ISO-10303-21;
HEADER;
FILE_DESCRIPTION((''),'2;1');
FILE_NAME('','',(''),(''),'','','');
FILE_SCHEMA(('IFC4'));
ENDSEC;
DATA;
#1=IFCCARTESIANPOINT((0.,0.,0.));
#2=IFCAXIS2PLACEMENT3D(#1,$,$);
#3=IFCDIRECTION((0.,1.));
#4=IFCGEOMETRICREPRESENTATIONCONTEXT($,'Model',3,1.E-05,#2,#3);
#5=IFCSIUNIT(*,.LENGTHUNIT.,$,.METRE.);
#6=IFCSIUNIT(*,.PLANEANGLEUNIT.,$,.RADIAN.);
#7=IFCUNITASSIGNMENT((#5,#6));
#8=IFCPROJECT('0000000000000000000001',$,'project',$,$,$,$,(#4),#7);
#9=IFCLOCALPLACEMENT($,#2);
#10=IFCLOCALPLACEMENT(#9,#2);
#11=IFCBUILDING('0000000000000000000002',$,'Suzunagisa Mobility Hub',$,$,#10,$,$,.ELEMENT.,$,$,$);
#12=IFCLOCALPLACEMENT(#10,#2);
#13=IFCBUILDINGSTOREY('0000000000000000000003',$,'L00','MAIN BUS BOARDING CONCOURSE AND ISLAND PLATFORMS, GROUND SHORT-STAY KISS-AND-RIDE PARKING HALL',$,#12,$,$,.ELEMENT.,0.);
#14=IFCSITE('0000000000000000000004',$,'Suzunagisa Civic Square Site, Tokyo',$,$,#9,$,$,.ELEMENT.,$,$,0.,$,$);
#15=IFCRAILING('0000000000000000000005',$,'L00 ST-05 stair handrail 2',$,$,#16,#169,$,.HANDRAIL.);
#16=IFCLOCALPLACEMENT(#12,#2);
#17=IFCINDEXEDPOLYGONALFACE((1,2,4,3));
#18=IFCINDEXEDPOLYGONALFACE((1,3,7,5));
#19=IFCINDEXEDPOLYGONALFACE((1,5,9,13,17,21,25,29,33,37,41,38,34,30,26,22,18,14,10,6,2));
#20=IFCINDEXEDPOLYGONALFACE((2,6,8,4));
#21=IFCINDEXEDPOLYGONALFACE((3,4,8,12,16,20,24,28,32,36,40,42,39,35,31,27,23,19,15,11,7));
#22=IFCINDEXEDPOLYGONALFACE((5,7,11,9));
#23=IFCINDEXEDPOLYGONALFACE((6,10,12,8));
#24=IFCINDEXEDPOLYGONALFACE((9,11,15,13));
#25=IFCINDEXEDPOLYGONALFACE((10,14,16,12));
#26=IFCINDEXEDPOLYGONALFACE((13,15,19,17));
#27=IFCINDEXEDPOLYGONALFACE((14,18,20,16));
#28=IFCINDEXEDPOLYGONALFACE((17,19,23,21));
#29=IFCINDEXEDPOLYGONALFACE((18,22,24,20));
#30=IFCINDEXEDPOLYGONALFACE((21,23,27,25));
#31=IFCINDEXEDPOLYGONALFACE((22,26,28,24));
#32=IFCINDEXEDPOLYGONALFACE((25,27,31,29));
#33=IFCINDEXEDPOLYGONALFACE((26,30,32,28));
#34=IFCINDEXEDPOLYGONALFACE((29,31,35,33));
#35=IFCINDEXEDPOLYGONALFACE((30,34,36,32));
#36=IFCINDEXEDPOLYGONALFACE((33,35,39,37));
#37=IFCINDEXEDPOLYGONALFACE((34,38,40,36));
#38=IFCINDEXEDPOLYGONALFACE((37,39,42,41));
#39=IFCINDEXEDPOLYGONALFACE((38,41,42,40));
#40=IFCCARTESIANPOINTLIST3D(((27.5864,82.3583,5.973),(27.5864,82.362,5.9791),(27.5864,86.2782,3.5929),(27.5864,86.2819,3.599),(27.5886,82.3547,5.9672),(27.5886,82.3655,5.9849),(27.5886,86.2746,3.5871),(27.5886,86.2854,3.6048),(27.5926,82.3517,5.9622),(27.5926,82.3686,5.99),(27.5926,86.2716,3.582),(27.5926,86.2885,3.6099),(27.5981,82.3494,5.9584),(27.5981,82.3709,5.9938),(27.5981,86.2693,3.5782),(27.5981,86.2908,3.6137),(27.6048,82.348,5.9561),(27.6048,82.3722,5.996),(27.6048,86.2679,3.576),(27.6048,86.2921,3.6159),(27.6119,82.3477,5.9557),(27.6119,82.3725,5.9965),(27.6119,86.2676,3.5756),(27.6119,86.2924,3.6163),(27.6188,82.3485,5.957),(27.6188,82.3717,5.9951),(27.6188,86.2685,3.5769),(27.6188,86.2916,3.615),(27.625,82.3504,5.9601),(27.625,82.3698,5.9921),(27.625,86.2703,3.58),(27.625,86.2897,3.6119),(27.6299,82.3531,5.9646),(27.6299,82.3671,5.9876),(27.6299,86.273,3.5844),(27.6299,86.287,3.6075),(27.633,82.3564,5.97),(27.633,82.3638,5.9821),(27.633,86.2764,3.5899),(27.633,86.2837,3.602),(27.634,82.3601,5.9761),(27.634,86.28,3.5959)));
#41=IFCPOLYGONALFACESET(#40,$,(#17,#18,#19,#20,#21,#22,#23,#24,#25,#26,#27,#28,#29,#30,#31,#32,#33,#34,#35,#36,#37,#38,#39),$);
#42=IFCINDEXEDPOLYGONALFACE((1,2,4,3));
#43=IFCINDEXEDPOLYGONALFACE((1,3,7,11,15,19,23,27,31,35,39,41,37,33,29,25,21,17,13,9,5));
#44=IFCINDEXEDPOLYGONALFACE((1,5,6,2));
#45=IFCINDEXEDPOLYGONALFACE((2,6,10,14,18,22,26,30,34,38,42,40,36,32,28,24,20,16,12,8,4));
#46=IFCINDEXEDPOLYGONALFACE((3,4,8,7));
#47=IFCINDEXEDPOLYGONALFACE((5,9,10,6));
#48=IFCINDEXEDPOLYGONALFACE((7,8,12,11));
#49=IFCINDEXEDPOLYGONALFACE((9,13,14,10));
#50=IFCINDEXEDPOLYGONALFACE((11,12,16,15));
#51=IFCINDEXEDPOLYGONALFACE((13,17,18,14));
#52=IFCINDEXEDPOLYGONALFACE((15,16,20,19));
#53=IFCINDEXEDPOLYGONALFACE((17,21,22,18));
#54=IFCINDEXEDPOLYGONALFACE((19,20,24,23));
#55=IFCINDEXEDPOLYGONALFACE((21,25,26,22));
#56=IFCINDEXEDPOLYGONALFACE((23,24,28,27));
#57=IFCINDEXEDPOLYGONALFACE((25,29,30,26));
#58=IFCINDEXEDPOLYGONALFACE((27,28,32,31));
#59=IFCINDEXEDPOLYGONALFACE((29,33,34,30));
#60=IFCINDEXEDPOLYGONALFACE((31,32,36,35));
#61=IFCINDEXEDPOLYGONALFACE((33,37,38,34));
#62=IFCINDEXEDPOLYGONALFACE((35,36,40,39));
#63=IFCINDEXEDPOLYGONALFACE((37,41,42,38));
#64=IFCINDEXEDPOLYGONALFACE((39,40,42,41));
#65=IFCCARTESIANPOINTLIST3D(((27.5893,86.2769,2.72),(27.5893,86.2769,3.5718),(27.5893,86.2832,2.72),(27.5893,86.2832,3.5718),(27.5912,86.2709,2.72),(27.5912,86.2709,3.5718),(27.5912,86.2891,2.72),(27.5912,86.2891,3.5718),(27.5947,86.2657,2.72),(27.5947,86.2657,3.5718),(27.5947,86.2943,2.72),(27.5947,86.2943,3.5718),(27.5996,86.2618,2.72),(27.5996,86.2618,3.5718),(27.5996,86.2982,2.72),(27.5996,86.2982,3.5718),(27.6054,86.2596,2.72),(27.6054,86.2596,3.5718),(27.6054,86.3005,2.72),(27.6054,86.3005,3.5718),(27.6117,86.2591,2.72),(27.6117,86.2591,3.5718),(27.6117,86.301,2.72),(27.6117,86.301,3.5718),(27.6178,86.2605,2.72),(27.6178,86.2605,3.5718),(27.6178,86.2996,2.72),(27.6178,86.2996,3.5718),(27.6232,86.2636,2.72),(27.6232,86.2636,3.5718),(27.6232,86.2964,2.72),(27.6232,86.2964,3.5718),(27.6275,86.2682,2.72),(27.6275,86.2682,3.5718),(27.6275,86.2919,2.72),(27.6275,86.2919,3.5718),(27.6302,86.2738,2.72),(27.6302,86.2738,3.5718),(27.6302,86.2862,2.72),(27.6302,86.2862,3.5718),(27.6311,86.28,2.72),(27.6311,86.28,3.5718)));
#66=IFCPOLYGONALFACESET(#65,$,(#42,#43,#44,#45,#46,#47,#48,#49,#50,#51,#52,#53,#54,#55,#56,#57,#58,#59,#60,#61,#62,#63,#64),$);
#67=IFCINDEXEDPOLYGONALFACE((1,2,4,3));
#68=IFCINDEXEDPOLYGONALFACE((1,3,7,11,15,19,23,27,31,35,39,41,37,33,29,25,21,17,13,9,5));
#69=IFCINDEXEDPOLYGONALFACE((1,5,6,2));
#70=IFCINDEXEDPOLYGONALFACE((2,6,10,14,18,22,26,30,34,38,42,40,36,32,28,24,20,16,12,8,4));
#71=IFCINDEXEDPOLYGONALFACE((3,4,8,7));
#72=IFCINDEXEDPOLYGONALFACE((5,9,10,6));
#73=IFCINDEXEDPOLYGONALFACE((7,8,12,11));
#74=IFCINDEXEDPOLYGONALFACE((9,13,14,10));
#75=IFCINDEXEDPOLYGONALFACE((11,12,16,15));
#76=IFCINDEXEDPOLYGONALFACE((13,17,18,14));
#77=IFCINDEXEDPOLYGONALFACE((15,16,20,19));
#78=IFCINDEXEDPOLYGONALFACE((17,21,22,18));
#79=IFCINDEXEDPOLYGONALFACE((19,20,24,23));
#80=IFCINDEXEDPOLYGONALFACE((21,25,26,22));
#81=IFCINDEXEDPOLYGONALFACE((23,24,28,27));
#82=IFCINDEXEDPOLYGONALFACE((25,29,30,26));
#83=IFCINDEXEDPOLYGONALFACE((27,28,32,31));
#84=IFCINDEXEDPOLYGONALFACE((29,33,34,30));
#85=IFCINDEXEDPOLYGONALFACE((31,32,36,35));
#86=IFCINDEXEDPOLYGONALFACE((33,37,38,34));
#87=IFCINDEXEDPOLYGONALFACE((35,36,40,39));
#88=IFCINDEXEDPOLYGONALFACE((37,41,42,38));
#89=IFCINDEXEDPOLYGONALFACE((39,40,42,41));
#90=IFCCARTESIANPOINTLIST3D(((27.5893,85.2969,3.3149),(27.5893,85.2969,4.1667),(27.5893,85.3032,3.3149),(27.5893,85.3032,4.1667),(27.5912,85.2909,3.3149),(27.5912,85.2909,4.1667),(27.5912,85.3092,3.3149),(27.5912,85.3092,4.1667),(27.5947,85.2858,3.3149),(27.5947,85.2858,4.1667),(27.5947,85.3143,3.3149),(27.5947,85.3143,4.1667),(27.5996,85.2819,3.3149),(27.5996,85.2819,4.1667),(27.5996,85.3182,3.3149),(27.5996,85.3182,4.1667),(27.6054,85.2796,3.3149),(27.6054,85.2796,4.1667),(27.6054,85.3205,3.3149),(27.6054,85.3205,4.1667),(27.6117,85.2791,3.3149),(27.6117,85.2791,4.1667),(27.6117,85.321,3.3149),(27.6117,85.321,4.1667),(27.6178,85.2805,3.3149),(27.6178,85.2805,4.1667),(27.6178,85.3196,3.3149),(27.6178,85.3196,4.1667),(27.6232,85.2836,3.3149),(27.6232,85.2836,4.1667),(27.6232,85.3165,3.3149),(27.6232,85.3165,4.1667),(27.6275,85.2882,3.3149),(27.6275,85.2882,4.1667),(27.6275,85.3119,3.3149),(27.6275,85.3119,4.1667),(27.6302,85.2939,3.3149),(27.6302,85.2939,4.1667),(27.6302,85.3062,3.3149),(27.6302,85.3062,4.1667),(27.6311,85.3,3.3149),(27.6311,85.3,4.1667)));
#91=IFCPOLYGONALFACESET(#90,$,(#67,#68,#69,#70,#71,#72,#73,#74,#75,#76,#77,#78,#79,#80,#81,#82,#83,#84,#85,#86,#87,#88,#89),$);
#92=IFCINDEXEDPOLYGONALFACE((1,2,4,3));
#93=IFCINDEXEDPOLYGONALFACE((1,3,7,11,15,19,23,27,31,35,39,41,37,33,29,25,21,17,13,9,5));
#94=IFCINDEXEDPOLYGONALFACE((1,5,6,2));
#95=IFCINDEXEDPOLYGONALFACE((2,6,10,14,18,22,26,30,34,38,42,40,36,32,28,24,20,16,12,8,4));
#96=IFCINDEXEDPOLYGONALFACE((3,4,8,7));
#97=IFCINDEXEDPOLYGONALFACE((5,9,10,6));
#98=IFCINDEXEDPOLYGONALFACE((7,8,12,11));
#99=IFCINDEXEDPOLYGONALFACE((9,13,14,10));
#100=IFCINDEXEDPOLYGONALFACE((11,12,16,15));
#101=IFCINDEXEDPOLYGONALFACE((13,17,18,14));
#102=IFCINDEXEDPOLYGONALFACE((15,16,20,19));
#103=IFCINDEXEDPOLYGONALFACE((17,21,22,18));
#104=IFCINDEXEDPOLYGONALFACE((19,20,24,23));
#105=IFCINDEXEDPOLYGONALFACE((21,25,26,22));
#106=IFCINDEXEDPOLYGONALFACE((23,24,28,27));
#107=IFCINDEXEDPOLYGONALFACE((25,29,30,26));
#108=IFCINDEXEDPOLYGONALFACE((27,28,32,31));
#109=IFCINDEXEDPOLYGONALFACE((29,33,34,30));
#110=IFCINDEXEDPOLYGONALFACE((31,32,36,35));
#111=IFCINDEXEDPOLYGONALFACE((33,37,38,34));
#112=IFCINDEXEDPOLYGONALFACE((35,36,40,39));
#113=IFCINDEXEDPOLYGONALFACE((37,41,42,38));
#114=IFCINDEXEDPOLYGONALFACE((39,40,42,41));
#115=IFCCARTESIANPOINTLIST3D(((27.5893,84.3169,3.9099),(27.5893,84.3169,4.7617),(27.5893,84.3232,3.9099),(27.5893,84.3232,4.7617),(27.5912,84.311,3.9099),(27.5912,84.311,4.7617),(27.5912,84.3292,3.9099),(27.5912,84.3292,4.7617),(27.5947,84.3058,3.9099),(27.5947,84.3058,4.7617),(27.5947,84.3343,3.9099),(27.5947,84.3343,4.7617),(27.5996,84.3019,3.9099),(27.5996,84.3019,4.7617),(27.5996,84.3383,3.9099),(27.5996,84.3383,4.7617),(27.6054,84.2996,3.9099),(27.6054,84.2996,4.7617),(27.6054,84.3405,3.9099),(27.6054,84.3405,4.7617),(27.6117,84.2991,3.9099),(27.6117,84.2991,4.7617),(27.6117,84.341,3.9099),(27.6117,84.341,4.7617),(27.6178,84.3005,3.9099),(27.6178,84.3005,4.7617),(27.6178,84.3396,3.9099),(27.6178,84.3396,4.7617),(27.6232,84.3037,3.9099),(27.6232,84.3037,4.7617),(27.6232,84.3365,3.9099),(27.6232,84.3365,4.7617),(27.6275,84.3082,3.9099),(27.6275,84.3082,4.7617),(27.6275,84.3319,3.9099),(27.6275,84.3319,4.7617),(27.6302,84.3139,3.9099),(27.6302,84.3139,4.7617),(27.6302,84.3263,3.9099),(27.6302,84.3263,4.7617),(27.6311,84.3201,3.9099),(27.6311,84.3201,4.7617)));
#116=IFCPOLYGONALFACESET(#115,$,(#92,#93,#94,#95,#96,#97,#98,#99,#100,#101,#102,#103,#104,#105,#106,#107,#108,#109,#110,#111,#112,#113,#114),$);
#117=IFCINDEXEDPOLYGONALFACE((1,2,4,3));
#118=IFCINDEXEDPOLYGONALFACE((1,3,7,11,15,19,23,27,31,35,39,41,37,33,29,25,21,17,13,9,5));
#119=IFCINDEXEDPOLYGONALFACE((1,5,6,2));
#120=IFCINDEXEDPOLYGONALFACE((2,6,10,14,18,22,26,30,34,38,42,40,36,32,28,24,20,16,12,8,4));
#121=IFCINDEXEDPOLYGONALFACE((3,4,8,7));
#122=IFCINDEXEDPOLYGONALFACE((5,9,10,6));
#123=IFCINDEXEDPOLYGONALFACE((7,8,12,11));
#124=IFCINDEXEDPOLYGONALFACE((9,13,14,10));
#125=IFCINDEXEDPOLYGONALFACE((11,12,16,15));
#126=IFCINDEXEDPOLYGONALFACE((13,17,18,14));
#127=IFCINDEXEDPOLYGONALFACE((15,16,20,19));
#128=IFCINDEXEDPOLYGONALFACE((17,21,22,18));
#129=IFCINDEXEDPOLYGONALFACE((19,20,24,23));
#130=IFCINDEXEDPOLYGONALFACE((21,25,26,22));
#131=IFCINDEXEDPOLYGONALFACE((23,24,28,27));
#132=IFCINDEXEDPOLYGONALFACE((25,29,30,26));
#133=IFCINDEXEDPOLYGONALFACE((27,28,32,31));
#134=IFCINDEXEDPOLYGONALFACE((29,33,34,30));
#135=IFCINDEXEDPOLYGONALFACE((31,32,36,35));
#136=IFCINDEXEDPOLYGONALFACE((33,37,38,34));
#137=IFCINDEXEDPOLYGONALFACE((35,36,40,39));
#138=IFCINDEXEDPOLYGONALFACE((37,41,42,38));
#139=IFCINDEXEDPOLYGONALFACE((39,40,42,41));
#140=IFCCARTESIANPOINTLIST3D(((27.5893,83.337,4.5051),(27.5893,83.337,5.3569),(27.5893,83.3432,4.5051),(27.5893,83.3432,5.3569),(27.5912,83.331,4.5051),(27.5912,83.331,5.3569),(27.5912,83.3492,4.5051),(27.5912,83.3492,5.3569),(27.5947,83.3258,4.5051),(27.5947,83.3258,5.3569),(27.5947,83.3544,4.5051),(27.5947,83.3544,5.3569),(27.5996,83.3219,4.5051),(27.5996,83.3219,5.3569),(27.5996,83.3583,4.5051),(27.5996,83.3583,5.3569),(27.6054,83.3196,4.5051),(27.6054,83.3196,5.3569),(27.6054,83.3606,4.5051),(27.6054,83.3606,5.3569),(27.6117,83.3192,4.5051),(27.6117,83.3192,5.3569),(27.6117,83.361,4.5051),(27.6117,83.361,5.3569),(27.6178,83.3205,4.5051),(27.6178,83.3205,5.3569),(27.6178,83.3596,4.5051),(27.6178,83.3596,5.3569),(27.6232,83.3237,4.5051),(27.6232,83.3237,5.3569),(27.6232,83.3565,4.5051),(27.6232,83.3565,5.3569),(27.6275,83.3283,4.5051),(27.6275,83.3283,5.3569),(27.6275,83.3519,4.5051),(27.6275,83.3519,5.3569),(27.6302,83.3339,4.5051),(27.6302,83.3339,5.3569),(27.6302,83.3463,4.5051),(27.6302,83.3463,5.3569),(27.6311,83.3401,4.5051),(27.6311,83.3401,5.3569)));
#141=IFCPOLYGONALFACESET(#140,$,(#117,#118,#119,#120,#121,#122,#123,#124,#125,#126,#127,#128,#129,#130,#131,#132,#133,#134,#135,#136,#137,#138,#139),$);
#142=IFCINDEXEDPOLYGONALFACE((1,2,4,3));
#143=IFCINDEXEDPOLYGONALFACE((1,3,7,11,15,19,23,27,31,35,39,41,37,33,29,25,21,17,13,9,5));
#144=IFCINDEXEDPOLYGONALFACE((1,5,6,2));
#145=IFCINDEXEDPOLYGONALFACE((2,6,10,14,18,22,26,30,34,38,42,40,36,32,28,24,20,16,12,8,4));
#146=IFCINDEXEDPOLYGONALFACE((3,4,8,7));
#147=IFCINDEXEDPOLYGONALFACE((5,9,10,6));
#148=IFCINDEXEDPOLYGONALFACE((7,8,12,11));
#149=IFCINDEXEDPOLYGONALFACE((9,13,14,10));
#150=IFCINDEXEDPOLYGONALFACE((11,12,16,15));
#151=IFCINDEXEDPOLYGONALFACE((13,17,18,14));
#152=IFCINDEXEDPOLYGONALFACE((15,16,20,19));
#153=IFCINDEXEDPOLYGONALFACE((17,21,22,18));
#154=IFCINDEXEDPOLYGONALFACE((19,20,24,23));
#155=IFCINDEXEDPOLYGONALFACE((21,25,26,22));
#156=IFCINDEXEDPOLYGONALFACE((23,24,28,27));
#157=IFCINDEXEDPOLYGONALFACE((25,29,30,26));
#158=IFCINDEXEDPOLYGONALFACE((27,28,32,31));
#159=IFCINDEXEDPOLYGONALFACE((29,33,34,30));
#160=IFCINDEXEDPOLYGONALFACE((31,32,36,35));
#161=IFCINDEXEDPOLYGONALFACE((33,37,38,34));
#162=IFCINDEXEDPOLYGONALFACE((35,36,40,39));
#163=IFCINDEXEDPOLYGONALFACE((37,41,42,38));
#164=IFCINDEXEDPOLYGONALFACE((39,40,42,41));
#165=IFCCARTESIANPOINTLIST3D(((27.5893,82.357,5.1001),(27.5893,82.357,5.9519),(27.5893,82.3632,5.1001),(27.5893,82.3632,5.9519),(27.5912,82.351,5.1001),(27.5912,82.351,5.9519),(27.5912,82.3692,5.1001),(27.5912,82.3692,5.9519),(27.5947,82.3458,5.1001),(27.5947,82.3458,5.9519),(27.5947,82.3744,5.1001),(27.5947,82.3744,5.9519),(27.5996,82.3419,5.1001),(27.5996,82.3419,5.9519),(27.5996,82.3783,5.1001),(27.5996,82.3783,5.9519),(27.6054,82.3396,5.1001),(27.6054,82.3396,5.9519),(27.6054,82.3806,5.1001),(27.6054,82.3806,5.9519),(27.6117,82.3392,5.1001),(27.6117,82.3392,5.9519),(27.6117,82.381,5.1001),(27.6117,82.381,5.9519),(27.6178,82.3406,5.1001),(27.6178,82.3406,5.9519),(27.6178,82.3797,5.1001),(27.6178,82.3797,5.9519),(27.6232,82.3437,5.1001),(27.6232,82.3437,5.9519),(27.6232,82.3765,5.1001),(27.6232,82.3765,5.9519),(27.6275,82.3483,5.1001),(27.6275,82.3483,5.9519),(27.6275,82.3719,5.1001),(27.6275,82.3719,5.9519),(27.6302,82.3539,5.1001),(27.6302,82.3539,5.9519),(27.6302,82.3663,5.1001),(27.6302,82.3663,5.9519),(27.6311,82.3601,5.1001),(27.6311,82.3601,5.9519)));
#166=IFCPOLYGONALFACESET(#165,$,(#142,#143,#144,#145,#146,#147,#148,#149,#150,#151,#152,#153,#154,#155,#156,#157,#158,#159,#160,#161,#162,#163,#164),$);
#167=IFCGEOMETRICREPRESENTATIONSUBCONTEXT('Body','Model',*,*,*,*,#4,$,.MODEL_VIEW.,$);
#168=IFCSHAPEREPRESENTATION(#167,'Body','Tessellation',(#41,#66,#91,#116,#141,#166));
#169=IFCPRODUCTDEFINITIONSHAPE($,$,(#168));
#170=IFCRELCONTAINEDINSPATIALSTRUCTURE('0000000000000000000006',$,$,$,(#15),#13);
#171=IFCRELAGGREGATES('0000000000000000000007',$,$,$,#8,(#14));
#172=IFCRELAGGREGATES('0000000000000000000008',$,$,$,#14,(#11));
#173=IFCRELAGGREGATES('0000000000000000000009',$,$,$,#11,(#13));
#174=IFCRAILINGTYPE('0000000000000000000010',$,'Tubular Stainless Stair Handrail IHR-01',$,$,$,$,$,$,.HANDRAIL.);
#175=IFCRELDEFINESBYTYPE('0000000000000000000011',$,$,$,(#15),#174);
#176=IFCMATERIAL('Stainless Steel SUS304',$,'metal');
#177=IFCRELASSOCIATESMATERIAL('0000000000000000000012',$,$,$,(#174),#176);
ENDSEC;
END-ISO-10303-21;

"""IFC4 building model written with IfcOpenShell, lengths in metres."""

from ifc_helpers import new_model, si_unit, direction, frame, origin, origin_2d, place, context, subcontext, project, spatial, circle, extrude, material, type_object, element, save


model = new_model("IFC4")

# Units and contexts
model_context = context("Model", 3, precision=1e-05, world=origin(), true_north=direction((0.0, 1.0)))
body_context = subcontext(model_context, "Body", "Model", "MODEL_VIEW")
ifc_project = project(units=[si_unit("LENGTHUNIT", "METRE"), si_unit("PLANEANGLEUNIT", "RADIAN")], contexts=[model_context])

# Site, building, storey
site_placement = place(None, origin())
site = spatial("IfcSite", under=ifc_project, at=site_placement, Name="Suzunagisa Civic Square Site, Tokyo", CompositionType="ELEMENT", RefElevation=0.0)
building_placement = place(site_placement, origin())
building = spatial("IfcBuilding", under=site, at=building_placement, Name="Suzunagisa Mobility Hub", CompositionType="ELEMENT")
storey_placement = place(building_placement, origin())
storey = spatial("IfcBuildingStorey", under=building, at=storey_placement, Name="L00", Description="MAIN BUS BOARDING CONCOURSE AND ISLAND PLATFORMS, GROUND SHORT-STAY KISS-AND-RIDE PARKING HALL", CompositionType="ELEMENT", Elevation=0.0)

# Railing
ifc_material_1 = material(Name="Stainless Steel SUS304", Category="metal")
railing_type_1 = type_object("IfcRailingType", Name="Tubular Stainless Stair Handrail IHR-01", PredefinedType="HANDRAIL", material=ifc_material_1)
railing_1_placement = place(storey_placement, frame((27.6101, 86.28, 2.72)))
element("IfcRailing", 1, at=railing_1_placement, inside=storey, type_object=railing_type_1, Name="L00 ST-05 stair handrail 2", PredefinedType="HANDRAIL", context=body_context, shape_type="SweptSolid", body=[
    extrude(circle(Radius=0.0239, at=origin_2d()), frame((0.0, 0.0, 0.876), z_axis=(0.0, -0.854771, 0.519006), x_axis=(1.0, 0.0, 0.0)), (0.0, 0.0, 1.0), 4.5859),
    extrude(circle(Radius=0.021, at=origin_2d()), origin(), (0.0, 0.0, 1.0), 0.8518),
    extrude(circle(Radius=0.021, at=origin_2d()), frame((0.0, -0.98, 0.595)), (0.0, 0.0, 1.0), 0.8518),
    extrude(circle(Radius=0.021, at=origin_2d()), frame((0.0, -1.96, 1.1899)), (0.0, 0.0, 1.0), 0.8518),
    extrude(circle(Radius=0.021, at=origin_2d()), frame((0.0, -2.9399, 1.7852)), (0.0, 0.0, 1.0), 0.8518),
    extrude(circle(Radius=0.021, at=origin_2d()), frame((0.0, -3.9199, 2.3801)), (0.0, 0.0, 1.0), 0.8518),
])

save(model, "model.ifc")
